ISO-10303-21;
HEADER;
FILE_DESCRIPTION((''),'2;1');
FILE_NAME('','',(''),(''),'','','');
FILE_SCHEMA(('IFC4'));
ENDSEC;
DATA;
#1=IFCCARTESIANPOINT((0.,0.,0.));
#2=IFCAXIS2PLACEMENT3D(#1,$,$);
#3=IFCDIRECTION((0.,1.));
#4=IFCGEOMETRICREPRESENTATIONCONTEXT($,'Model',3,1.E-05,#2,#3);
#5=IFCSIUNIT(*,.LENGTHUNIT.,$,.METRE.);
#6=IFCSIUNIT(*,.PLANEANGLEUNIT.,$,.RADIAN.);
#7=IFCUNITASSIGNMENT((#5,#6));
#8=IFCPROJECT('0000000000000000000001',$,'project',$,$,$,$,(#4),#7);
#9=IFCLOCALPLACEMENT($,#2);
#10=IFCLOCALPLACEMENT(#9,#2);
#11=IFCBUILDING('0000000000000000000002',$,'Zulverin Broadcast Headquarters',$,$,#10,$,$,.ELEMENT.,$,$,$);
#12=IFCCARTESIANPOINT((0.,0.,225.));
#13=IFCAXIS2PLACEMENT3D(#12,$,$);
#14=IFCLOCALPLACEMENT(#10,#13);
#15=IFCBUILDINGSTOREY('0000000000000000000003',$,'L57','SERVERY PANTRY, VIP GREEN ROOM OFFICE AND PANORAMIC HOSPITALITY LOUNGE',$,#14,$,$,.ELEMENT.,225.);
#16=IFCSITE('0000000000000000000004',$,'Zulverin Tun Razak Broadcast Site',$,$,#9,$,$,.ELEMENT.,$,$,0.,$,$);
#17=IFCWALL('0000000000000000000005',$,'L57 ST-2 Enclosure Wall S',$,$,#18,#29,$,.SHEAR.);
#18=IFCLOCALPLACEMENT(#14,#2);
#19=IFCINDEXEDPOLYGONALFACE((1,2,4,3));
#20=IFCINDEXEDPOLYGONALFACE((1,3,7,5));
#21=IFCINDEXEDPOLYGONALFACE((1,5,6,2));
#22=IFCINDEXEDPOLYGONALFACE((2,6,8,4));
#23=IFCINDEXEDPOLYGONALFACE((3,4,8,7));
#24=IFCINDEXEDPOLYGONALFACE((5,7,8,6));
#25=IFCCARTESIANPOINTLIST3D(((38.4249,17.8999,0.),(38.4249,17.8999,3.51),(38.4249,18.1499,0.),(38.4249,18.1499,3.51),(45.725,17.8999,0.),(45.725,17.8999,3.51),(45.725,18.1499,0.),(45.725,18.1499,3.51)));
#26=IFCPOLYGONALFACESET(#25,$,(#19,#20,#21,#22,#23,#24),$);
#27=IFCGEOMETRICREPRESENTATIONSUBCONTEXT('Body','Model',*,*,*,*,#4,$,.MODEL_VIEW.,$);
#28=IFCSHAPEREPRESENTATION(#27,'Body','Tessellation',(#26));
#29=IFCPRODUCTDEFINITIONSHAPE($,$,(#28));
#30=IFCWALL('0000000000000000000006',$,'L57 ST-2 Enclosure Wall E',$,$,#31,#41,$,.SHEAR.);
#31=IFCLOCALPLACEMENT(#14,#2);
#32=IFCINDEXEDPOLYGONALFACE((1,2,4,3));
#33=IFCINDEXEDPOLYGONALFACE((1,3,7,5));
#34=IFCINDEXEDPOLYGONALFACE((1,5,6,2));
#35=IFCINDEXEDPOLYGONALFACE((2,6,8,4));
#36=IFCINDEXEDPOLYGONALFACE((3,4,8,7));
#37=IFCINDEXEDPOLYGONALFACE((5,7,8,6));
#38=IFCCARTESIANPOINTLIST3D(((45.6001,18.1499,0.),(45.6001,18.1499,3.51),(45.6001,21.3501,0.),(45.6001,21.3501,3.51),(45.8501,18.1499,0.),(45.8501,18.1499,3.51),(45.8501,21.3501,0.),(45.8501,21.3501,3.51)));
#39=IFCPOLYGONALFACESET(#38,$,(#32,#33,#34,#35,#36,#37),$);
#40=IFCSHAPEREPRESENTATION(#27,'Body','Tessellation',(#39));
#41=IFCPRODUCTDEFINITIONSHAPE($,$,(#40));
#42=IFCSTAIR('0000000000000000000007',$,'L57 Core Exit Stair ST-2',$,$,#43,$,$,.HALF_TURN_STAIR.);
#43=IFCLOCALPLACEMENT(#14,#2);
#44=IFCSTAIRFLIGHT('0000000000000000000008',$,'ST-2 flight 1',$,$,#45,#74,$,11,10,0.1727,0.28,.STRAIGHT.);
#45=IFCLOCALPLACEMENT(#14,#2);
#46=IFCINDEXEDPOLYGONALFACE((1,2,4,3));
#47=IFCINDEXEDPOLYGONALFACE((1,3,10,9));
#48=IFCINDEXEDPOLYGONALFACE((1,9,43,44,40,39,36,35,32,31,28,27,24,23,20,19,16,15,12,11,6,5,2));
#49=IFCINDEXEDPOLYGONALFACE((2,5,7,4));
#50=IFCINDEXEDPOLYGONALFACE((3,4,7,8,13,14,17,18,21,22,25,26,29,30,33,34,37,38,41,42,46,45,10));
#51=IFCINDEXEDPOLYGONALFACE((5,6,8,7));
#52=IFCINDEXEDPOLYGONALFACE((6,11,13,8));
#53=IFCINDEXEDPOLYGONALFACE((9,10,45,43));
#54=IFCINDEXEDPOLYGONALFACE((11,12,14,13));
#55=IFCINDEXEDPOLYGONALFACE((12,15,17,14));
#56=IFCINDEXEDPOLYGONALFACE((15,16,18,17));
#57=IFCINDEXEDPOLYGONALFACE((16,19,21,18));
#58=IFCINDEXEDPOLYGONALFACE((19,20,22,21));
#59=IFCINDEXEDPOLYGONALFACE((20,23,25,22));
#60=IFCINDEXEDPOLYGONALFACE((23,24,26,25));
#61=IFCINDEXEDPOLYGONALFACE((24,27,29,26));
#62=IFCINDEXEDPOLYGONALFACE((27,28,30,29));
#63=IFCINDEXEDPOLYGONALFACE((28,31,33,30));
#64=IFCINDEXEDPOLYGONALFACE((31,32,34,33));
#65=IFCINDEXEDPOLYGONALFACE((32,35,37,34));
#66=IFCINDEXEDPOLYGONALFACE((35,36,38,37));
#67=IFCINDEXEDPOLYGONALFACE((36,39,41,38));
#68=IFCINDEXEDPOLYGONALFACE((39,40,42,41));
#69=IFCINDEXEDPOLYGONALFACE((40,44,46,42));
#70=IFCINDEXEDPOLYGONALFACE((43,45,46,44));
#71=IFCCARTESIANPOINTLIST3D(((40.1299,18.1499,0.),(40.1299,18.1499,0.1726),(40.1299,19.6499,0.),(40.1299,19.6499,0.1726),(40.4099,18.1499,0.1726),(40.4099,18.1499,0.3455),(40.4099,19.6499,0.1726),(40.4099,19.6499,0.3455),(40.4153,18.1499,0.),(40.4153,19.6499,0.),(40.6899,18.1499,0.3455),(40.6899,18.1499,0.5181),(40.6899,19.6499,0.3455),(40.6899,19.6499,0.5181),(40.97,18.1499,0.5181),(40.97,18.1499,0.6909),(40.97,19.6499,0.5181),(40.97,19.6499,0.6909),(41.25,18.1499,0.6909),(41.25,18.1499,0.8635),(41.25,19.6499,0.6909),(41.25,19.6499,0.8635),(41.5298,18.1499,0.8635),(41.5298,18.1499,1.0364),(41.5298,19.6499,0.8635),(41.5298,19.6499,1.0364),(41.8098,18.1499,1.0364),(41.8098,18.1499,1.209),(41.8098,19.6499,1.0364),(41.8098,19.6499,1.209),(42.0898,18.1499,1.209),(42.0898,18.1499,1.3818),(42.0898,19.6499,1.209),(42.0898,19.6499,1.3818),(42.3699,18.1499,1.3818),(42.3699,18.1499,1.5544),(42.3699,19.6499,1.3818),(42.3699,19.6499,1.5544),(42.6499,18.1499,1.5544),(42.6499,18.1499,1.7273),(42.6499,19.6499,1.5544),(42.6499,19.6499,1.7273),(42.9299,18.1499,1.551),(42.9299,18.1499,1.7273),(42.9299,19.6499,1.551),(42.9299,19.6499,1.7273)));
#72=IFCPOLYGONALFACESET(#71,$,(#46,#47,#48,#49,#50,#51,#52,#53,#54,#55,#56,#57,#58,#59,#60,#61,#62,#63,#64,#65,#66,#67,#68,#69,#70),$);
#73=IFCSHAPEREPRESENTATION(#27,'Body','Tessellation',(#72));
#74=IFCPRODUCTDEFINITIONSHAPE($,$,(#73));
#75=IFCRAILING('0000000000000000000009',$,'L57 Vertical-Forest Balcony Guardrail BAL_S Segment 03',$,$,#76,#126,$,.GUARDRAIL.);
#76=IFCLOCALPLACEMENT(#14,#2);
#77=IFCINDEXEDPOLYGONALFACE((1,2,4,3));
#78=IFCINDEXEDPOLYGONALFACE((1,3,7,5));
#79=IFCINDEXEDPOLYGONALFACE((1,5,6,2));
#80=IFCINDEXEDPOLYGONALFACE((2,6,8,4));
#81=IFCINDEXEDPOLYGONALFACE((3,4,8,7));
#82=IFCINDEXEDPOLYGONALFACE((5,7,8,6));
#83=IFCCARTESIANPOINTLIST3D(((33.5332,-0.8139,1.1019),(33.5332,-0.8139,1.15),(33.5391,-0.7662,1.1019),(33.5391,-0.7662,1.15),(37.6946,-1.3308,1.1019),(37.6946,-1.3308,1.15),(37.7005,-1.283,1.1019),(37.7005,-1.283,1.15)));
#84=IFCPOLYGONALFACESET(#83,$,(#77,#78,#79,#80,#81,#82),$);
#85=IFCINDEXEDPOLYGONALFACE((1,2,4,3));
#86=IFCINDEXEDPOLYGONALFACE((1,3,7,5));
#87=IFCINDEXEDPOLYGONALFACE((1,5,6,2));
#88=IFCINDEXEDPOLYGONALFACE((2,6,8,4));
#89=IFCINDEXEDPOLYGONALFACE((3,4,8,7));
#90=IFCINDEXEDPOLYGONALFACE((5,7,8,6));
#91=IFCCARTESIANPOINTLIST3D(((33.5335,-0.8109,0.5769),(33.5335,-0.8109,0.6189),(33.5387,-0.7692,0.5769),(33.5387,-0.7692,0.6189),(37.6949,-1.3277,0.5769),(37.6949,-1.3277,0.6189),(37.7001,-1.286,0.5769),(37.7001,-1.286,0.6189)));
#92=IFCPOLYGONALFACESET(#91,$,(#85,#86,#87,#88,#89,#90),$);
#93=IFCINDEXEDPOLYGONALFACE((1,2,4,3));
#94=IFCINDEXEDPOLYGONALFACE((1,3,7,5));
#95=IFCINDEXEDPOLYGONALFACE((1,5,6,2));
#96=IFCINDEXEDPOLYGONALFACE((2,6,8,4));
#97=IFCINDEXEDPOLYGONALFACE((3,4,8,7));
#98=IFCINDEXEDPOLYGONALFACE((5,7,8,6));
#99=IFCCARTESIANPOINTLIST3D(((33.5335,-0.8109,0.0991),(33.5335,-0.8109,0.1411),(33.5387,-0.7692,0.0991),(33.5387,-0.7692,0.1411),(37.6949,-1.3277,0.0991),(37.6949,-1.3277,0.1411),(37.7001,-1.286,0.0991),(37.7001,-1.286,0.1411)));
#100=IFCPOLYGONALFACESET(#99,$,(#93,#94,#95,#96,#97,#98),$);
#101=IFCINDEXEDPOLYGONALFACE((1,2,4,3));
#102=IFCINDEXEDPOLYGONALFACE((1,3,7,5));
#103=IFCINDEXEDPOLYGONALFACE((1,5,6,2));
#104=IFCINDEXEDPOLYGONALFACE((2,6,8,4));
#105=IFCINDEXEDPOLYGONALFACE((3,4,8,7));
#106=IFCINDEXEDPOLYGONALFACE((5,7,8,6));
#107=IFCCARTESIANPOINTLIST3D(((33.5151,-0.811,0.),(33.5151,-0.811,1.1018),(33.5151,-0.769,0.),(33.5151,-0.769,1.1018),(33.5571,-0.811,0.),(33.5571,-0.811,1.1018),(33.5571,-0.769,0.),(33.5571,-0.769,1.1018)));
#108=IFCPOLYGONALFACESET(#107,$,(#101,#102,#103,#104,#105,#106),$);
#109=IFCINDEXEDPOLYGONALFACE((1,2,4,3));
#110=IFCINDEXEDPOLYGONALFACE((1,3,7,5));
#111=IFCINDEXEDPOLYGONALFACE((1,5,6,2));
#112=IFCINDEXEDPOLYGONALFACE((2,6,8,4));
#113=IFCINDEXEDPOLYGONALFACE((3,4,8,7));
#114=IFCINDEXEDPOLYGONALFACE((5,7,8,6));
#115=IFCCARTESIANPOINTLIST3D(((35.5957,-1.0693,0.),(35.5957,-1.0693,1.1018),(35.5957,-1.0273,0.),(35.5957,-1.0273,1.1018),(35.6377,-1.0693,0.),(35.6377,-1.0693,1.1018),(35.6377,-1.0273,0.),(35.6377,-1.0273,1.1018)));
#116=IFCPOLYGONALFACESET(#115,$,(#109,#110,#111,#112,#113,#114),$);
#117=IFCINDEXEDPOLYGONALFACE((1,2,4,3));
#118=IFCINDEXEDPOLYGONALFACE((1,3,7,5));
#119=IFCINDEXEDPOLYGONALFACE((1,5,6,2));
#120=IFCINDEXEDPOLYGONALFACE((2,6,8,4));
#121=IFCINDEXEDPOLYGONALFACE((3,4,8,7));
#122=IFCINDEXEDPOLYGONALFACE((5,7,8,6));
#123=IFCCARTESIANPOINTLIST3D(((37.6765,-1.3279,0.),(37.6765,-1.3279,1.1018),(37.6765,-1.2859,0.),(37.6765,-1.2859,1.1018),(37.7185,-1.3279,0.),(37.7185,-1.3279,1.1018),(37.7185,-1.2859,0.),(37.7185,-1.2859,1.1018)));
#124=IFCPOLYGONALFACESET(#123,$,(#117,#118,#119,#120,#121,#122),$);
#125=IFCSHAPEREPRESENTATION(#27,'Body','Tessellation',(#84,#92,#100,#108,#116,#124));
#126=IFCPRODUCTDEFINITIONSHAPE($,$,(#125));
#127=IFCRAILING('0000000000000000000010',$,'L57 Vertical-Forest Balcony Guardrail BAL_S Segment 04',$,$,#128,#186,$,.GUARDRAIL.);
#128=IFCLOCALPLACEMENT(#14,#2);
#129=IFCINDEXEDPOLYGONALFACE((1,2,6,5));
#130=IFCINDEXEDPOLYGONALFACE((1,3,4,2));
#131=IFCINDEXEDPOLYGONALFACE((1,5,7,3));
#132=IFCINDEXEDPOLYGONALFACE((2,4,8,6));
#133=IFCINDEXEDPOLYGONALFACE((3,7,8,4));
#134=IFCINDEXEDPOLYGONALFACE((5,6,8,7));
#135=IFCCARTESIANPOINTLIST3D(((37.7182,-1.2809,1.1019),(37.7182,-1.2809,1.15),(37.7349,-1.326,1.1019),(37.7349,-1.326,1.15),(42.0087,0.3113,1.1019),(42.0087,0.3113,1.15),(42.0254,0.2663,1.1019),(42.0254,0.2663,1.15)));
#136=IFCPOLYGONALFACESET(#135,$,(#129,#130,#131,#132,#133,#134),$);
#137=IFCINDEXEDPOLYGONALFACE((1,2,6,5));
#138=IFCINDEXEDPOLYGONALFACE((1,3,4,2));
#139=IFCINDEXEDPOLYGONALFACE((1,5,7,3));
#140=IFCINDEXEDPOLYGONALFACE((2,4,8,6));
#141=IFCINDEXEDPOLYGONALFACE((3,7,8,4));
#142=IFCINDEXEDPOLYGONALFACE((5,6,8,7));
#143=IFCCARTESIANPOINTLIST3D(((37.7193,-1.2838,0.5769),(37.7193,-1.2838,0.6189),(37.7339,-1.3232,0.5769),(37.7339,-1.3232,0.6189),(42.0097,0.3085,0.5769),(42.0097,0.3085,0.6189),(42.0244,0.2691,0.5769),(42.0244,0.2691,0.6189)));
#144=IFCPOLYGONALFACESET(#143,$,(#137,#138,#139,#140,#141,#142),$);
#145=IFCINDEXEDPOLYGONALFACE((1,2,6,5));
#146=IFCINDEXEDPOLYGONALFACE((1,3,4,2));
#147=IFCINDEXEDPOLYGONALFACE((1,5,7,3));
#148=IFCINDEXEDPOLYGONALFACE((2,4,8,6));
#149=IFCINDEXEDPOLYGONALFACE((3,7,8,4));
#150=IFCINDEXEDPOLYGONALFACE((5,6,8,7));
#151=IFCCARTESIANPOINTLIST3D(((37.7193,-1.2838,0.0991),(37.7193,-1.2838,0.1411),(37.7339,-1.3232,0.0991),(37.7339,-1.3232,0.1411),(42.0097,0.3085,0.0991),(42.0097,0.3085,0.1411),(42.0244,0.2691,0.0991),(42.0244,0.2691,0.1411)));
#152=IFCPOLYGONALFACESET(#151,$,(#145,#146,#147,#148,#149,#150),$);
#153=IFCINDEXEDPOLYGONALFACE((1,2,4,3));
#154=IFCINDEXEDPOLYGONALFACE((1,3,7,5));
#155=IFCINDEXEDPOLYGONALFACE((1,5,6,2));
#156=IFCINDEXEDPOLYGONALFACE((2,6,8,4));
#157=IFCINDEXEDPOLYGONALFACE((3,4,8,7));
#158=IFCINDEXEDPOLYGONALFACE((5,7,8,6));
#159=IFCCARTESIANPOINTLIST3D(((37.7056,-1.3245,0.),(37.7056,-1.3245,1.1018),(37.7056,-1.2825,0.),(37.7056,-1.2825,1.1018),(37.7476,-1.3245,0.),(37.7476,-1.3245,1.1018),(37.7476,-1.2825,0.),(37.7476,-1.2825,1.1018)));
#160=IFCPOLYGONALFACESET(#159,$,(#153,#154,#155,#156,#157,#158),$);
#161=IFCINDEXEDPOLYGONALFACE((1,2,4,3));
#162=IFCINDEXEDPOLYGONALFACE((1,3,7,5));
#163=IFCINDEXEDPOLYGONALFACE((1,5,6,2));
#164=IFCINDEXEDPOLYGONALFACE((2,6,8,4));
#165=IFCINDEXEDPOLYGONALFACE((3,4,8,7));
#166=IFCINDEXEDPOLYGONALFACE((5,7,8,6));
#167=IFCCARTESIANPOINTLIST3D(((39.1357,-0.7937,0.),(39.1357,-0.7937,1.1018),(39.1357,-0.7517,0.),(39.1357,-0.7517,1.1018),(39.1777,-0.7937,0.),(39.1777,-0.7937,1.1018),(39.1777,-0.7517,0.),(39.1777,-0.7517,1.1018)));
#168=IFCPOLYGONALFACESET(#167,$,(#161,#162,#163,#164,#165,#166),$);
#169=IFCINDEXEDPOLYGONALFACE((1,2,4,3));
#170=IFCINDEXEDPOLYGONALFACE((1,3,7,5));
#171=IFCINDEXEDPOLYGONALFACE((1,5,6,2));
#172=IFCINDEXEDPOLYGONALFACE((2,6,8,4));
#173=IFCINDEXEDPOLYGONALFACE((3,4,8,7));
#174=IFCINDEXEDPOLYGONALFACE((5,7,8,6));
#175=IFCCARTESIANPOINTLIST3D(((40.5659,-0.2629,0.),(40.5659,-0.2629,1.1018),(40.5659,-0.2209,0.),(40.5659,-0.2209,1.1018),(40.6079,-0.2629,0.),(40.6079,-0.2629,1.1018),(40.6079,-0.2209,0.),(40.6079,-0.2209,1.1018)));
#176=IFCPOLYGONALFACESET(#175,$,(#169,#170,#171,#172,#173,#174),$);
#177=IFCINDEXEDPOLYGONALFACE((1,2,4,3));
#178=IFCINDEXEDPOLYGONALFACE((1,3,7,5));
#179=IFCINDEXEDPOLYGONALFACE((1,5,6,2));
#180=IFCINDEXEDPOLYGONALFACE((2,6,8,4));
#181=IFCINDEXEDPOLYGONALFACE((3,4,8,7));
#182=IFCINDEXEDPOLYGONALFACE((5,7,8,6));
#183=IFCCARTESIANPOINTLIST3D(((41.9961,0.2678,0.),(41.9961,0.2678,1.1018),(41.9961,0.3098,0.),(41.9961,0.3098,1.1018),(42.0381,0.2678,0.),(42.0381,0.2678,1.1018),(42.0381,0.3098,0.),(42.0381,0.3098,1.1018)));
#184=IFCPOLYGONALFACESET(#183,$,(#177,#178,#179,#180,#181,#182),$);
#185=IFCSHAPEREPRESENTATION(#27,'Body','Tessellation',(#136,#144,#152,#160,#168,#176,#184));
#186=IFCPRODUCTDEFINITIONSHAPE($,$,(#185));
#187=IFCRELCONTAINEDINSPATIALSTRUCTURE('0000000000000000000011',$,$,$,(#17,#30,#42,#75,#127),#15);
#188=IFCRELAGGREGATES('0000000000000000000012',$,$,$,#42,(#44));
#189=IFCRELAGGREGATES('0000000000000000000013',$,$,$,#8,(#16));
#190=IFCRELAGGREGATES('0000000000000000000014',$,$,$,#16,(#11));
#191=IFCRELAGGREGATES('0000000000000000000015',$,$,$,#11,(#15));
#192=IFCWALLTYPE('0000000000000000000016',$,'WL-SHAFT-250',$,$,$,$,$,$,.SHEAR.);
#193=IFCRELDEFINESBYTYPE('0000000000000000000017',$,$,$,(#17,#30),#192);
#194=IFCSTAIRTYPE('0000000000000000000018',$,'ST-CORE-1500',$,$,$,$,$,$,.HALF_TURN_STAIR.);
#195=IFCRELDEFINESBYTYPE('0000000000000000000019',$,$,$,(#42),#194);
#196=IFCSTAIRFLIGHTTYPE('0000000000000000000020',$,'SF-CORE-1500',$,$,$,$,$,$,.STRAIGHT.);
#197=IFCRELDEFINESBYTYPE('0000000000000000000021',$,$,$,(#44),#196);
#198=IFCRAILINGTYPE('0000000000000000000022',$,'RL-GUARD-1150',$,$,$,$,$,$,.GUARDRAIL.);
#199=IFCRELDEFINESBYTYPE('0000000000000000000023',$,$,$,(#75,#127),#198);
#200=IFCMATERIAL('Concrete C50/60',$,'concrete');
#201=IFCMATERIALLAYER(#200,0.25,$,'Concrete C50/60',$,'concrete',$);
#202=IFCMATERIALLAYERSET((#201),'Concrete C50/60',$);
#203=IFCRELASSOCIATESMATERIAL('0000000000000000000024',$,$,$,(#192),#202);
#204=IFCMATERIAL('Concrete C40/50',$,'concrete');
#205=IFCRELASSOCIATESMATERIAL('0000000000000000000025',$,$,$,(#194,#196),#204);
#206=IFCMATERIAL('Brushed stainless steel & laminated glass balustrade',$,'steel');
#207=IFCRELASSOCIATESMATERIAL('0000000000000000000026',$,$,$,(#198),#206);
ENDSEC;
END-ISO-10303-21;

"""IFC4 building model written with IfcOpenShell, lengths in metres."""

from ifc_helpers import new_model, si_unit, direction, frame, frame_2d, origin, origin_2d, place, context, subcontext, project, spatial, polyline, rectangle, outline, extrude, material, layer, layer_set, type_object, element, aggregate, save


model = new_model("IFC4")

# Units and contexts
model_context = context("Model", 3, precision=1e-05, world=origin(), true_north=direction((0.0, 1.0)))
body_context = subcontext(model_context, "Body", "Model", "MODEL_VIEW")
ifc_project = project(units=[si_unit("LENGTHUNIT", "METRE"), si_unit("PLANEANGLEUNIT", "RADIAN")], contexts=[model_context])

# Site, building, storey
site_placement = place(None, origin())
site = spatial("IfcSite", under=ifc_project, at=site_placement, Name="Zulverin Tun Razak Broadcast Site", CompositionType="ELEMENT", RefElevation=0.0)
building_placement = place(site_placement, origin())
building = spatial("IfcBuilding", under=site, at=building_placement, Name="Zulverin Broadcast Headquarters", CompositionType="ELEMENT")
storey_placement = place(building_placement, frame((0.0, 0.0, 225.0)))
storey = spatial("IfcBuildingStorey", under=building, at=storey_placement, Name="L57", Description="SERVERY PANTRY, VIP GREEN ROOM OFFICE AND PANORAMIC HOSPITALITY LOUNGE", CompositionType="ELEMENT", Elevation=225.0)

# Shared definitions
ifc_material_1 = material(Name="Concrete C50/60", Category="concrete")

# Shared definitions
ifc_material_2 = material(Name="Concrete C40/50", Category="concrete")

# Wall
ifc_layer_1 = layer(ifc_material_1, 0.25, Name="Concrete C50/60", Category="concrete")
ifc_layer_set_1 = layer_set([ifc_layer_1], Name="Concrete C50/60")
wall_type_1 = type_object("IfcWallType", Name="WL-SHAFT-250", PredefinedType="SHEAR", material=ifc_layer_set_1)
wall_1_placement = place(storey_placement, frame((38.425, 18.0249, 0.0), z_axis=(0.0, 0.0, 1.0), x_axis=(1.0, 0.0, 0.0)))
element("IfcWall", 1, at=wall_1_placement, inside=storey, type_object=wall_type_1, Name="L57 ST-2 Enclosure Wall S", PredefinedType="SHEAR", context=body_context, shape_type="SweptSolid", body=[
    extrude(rectangle(XDim=7.3, YDim=0.25, at=frame_2d((3.6499, 0.0))), origin(), (0.0, 0.0, 1.0), 3.51),
])

# Wall
wall_2_placement = place(storey_placement, frame((45.7251, 18.1499, 0.0), z_axis=(0.0, 0.0, 1.0), x_axis=(0.0, 1.0, 0.0)))
element("IfcWall", 2, at=wall_2_placement, inside=storey, type_object=wall_type_1, Name="L57 ST-2 Enclosure Wall E", PredefinedType="SHEAR", context=body_context, shape_type="SweptSolid", body=[
    extrude(rectangle(XDim=3.2002, YDim=0.25, at=frame_2d((1.6001, 0.0))), origin(), (0.0, 0.0, 1.0), 3.51),
])

# Stair, stair flight
stair_type = type_object("IfcStairType", Name="ST-CORE-1500", PredefinedType="HALF_TURN_STAIR", material=ifc_material_2)
stair_placement = place(storey_placement, origin())
stair = element("IfcStair", 3, at=stair_placement, inside=storey, type_object=stair_type, Name="L57 Core Exit Stair ST-2", PredefinedType="HALF_TURN_STAIR")
stair_flight_type = type_object("IfcStairFlightType", Name="SF-CORE-1500", PredefinedType="STRAIGHT", material=ifc_material_2)
stair_flight_placement = place(storey_placement, frame((40.1299, 18.8999, 0.0), z_axis=(0.0, 0.0, 1.0), x_axis=(1.0, 0.0, 0.0)))
stair_flight = element("IfcStairFlight", 4, at=stair_flight_placement, type_object=stair_flight_type, Name="ST-2 flight 1", NumberOfRisers=11, NumberOfTreads=10, PredefinedType="STRAIGHT", RiserHeight=0.1727, TreadLength=0.28, context=body_context, shape_type="SweptSolid", body=[
    extrude(outline(polyline([(0.0, 0.0), (0.0, 0.1726), (0.28, 0.1726), (0.28, 0.3455), (0.5601, 0.3455), (0.5601, 0.5181), (0.8401, 0.5181), (0.8401, 0.6909), (1.1201, 0.6909), (1.1201, 0.8635), (1.3999, 0.8635), (1.3999, 1.0364), (1.6799, 1.0364), (1.6799, 1.209), (1.96, 1.209), (1.96, 1.3818), (2.24, 1.3818), (2.24, 1.5544), (2.52, 1.5544), (2.52, 1.7273), (2.8, 1.7273), (2.8, 1.8999), (2.8, 1.551), (0.2854, 0.0), (0.0, 0.0)])), frame((0.0, 0.75, 0.0), z_axis=(0.0, -1.0, 0.0), x_axis=(1.0, 0.0, 0.0)), (0.0, 0.0, 1.0), 1.5),
])
aggregate(stair, [stair_flight])

# Railings
ifc_material_3 = material(Name="Brushed stainless steel & laminated glass balustrade", Category="steel")
railing_type_1 = type_object("IfcRailingType", Name="RL-GUARD-1150", PredefinedType="GUARDRAIL", material=ifc_material_3)
railing_1_placement = place(storey_placement, frame((33.5361, -0.79, 0.0)))
element("IfcRailing", 5, at=railing_1_placement, inside=storey, type_object=railing_type_1, Name="L57 Vertical-Forest Balcony Guardrail BAL_S Segment 03", PredefinedType="GUARDRAIL", context=body_context, shape_type="SweptSolid", body=[
    extrude(rectangle(XDim=0.0481, YDim=0.0481, at=origin_2d()), frame((0.0, 0.0, 1.126), z_axis=(0.992375, -0.123254, 0.0), x_axis=(0.123254, 0.992375, 0.0)), (0.0, 0.0, 1.0), 4.1934),
    extrude(rectangle(XDim=0.042, YDim=0.042, at=origin_2d()), frame((0.0, 0.0, 0.5979), z_axis=(0.992375, -0.123254, 0.0), x_axis=(0.123254, 0.992375, 0.0)), (0.0, 0.0, 1.0), 4.1934),
    extrude(rectangle(XDim=0.042, YDim=0.042, at=origin_2d()), frame((0.0, 0.0, 0.1201), z_axis=(0.992375, -0.123254, 0.0), x_axis=(0.123254, 0.992375, 0.0)), (0.0, 0.0, 1.0), 4.1934),
    extrude(rectangle(XDim=0.042, YDim=0.042, at=origin_2d()), origin(), (0.0, 0.0, 1.0), 1.1018),
    extrude(rectangle(XDim=0.042, YDim=0.042, at=origin_2d()), frame((2.0806, -0.2583, 0.0)), (0.0, 0.0, 1.0), 1.1018),
    extrude(rectangle(XDim=0.042, YDim=0.042, at=origin_2d()), frame((4.1614, -0.5168, 0.0)), (0.0, 0.0, 1.0), 1.1018),
])
railing_2_placement = place(storey_placement, frame((37.7266, -1.3035, 0.0)))
element("IfcRailing", 6, at=railing_2_placement, inside=storey, type_object=railing_type_1, Name="L57 Vertical-Forest Balcony Guardrail BAL_S Segment 04", PredefinedType="GUARDRAIL", context=body_context, shape_type="SweptSolid", body=[
    extrude(rectangle(XDim=0.0481, YDim=0.0481, at=origin_2d()), frame((0.0, 0.0, 1.126), z_axis=(0.937521, 0.347929, 0.0), x_axis=(-0.347929, 0.937521, 0.0)), (0.0, 0.0, 1.0), 4.5764),
    extrude(rectangle(XDim=0.042, YDim=0.042, at=origin_2d()), frame((0.0, 0.0, 0.5979), z_axis=(0.937521, 0.347929, 0.0), x_axis=(-0.347929, 0.937521, 0.0)), (0.0, 0.0, 1.0), 4.5764),
    extrude(rectangle(XDim=0.042, YDim=0.042, at=origin_2d()), frame((0.0, 0.0, 0.1201), z_axis=(0.937521, 0.347929, 0.0), x_axis=(-0.347929, 0.937521, 0.0)), (0.0, 0.0, 1.0), 4.5764),
    extrude(rectangle(XDim=0.042, YDim=0.042, at=origin_2d()), origin(), (0.0, 0.0, 1.0), 1.1018),
    extrude(rectangle(XDim=0.042, YDim=0.042, at=origin_2d()), frame((1.4302, 0.5308, 0.0)), (0.0, 0.0, 1.0), 1.1018),
    extrude(rectangle(XDim=0.042, YDim=0.042, at=origin_2d()), frame((2.8604, 1.0615, 0.0)), (0.0, 0.0, 1.0), 1.1018),
    extrude(rectangle(XDim=0.042, YDim=0.042, at=origin_2d()), frame((4.2905, 1.5923, 0.0)), (0.0, 0.0, 1.0), 1.1018),
])

save(model, "model.ifc")
